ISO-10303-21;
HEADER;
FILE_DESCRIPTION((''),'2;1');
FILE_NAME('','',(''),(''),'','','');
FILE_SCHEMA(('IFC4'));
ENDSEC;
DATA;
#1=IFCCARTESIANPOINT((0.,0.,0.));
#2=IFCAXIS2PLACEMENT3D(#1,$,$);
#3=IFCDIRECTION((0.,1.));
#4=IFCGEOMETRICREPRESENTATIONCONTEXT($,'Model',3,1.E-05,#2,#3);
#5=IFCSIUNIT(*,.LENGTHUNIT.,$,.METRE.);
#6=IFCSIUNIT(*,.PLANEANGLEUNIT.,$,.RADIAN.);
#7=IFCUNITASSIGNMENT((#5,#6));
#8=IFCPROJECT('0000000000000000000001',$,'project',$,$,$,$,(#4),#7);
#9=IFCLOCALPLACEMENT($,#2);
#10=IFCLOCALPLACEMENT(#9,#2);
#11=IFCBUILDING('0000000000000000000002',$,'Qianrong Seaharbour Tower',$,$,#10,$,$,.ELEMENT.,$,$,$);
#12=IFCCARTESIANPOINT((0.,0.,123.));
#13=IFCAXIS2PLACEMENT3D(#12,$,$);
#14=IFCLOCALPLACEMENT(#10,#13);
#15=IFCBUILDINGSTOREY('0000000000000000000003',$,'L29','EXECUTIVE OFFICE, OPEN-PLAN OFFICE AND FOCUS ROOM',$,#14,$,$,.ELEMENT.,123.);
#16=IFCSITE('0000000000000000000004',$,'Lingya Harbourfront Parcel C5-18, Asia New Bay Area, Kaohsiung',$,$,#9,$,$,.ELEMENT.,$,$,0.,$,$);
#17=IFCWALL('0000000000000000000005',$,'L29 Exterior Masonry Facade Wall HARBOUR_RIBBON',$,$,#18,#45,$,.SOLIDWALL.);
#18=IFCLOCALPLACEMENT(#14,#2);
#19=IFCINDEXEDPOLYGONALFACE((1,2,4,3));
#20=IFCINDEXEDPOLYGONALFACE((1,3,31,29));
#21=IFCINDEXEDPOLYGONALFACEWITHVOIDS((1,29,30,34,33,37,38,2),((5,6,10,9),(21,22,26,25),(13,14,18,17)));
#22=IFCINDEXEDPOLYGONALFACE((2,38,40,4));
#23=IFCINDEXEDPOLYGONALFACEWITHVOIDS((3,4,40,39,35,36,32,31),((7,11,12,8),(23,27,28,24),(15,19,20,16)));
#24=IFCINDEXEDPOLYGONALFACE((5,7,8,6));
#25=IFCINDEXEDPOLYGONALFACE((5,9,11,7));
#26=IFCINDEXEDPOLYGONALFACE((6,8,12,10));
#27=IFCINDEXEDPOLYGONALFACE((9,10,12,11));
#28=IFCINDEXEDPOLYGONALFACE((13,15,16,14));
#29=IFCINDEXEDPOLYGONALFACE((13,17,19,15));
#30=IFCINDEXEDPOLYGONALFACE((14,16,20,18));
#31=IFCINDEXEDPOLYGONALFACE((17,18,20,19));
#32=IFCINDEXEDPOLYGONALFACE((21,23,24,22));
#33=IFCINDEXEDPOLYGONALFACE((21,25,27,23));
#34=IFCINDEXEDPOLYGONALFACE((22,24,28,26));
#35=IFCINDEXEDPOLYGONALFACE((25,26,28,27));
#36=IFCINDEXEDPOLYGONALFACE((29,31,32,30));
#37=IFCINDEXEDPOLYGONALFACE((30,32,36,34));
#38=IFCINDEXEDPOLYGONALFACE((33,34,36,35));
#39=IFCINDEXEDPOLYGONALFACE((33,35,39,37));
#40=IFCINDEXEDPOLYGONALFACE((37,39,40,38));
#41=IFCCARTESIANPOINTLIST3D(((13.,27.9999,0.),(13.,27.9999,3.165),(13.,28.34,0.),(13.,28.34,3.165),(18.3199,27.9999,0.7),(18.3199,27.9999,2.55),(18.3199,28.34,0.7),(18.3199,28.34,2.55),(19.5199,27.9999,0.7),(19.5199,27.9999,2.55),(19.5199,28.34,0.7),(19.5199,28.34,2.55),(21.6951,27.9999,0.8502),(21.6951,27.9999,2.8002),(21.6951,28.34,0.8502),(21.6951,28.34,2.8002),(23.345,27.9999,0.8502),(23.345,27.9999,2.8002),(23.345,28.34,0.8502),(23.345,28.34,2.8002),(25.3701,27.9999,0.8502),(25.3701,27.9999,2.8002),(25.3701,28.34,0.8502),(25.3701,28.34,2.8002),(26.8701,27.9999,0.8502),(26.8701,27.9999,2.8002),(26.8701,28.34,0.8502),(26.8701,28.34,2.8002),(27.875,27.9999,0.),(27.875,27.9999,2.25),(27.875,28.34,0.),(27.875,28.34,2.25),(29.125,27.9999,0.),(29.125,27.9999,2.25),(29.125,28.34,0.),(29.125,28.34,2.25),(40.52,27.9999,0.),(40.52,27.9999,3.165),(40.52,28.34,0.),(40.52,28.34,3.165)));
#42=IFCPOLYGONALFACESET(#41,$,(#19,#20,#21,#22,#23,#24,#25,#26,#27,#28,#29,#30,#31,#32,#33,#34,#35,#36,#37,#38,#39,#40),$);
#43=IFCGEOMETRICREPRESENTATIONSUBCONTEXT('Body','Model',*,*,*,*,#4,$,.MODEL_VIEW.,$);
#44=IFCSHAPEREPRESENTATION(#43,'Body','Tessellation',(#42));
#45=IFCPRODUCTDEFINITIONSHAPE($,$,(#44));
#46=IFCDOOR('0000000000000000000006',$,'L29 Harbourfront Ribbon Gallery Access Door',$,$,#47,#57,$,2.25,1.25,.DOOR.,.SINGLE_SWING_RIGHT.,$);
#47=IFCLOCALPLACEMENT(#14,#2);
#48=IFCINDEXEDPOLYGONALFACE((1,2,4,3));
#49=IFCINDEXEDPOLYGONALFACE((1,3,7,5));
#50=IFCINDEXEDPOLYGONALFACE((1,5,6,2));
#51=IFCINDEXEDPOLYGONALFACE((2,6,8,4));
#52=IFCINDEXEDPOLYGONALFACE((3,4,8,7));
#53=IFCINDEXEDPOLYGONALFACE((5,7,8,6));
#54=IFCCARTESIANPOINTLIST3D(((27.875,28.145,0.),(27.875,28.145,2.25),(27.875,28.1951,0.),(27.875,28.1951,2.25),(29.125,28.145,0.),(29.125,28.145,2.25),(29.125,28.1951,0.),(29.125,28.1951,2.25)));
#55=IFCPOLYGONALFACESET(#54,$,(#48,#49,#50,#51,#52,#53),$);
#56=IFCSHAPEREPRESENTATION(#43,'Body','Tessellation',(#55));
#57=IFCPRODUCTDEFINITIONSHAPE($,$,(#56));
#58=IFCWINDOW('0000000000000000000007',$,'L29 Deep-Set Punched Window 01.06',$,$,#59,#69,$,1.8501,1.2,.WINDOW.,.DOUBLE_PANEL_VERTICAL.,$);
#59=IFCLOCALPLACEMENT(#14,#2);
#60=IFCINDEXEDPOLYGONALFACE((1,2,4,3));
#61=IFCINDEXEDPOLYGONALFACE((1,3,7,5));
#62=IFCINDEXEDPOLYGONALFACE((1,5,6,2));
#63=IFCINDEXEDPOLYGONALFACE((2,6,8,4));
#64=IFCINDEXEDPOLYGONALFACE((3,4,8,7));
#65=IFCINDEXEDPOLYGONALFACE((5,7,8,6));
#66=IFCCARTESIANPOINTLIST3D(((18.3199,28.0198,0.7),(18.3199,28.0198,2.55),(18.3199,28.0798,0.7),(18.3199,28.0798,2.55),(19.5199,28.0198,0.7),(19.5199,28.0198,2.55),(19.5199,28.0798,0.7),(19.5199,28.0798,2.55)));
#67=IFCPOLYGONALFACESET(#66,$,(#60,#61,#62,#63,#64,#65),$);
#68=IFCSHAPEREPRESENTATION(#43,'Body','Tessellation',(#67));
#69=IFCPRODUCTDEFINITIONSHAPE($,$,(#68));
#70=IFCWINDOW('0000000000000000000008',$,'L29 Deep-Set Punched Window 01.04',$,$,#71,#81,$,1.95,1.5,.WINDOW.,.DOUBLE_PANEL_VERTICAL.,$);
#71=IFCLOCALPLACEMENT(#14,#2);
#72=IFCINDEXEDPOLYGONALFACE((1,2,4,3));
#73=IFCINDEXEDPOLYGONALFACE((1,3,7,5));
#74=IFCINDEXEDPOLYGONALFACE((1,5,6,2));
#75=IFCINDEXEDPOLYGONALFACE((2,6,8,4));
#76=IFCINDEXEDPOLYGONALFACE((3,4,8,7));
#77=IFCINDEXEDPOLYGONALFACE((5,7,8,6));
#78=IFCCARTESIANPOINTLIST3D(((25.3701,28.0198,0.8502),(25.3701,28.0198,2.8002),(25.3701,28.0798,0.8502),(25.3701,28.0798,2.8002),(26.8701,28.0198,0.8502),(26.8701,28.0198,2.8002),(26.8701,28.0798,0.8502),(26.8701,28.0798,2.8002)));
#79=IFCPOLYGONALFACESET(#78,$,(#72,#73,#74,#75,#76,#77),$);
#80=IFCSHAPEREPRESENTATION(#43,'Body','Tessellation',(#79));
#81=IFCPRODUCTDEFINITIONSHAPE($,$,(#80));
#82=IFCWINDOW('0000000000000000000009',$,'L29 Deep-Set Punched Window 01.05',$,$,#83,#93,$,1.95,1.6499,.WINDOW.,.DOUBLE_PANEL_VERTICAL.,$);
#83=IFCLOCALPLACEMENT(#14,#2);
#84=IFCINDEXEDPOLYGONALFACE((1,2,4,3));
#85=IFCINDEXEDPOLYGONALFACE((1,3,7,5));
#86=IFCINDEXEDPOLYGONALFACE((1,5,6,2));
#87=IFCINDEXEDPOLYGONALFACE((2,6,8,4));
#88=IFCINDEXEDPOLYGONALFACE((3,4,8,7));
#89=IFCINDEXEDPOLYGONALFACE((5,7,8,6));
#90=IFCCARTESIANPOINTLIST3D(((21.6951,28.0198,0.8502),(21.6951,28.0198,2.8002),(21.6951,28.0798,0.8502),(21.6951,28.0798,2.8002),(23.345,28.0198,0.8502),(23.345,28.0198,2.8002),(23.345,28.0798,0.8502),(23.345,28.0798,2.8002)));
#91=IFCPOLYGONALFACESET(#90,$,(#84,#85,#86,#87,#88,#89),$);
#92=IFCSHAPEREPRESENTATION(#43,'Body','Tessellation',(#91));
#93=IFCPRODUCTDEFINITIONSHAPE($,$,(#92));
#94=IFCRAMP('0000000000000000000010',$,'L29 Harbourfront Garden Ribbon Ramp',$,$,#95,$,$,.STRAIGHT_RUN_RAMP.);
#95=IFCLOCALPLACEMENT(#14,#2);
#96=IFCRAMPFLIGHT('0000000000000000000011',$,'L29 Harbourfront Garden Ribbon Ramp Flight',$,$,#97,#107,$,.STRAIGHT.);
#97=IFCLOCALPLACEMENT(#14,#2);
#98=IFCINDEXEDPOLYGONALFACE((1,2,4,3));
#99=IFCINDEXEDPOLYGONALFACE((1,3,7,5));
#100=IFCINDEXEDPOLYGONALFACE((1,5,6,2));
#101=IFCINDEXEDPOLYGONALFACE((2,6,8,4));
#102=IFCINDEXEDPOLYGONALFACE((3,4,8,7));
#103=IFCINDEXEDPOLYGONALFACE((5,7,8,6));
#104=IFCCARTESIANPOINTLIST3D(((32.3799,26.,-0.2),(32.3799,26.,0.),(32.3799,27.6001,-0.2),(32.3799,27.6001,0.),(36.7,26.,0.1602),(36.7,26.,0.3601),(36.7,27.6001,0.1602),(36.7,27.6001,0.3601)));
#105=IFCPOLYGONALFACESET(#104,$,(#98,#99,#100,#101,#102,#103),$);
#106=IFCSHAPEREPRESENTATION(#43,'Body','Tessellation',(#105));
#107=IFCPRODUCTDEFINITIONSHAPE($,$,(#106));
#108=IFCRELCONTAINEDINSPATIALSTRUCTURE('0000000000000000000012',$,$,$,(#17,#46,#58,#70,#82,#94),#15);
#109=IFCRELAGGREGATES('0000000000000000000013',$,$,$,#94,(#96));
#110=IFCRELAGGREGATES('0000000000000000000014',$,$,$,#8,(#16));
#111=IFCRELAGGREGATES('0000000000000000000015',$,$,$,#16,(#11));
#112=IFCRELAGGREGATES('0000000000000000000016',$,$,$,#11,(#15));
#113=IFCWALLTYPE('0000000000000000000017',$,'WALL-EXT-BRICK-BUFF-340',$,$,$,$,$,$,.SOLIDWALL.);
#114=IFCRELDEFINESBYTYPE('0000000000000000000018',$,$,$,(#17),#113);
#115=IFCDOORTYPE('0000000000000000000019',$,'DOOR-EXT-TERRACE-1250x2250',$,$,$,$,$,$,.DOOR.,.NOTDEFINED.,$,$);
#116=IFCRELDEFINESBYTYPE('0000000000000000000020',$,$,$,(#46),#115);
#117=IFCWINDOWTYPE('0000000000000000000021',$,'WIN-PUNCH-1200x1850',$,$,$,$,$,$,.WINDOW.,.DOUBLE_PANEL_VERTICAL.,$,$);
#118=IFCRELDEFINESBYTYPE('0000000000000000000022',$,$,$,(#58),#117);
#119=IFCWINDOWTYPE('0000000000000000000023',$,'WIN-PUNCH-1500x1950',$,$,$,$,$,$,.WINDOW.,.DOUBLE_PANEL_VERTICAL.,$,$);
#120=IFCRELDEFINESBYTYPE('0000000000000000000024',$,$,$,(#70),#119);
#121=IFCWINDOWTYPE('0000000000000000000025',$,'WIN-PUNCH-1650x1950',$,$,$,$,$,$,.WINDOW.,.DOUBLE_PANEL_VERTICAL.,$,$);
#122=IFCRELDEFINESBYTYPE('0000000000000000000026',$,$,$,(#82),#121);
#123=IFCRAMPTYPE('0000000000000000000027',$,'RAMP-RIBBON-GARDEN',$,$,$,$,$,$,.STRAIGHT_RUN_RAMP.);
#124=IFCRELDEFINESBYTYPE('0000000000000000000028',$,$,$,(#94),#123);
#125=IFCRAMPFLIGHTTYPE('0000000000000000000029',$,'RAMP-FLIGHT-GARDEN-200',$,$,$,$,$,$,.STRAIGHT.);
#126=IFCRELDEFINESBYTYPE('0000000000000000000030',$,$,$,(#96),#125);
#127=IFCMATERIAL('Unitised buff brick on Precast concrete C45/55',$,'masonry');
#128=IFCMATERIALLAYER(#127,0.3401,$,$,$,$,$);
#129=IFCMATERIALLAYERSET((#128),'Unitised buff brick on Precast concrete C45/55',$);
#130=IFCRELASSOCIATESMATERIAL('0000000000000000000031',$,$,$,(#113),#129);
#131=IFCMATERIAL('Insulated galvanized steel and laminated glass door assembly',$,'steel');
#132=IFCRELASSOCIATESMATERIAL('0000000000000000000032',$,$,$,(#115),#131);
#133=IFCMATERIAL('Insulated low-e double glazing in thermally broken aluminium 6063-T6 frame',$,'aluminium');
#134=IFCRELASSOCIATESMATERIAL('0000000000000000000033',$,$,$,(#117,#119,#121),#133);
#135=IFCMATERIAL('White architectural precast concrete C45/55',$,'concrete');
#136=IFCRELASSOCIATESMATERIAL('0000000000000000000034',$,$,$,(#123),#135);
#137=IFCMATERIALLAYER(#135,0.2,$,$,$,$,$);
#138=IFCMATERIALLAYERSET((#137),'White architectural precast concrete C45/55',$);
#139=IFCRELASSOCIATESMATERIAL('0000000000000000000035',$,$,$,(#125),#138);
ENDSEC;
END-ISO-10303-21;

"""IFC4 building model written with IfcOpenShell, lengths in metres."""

from ifc_helpers import new_model, si_unit, direction, frame, frame_2d, origin, place, context, subcontext, project, spatial, polyline, rectangle, outline, extrude, material, layer, layer_set, type_object, element, fill, aggregate, save


model = new_model("IFC4")

# Units and contexts
model_context = context("Model", 3, precision=1e-05, world=origin(), true_north=direction((0.0, 1.0)))
body_context = subcontext(model_context, "Body", "Model", "MODEL_VIEW")
ifc_project = project(units=[si_unit("LENGTHUNIT", "METRE"), si_unit("PLANEANGLEUNIT", "RADIAN")], contexts=[model_context])

# Site, building, storey
site_placement = place(None, origin())
site = spatial("IfcSite", under=ifc_project, at=site_placement, Name="Lingya Harbourfront Parcel C5-18, Asia New Bay Area, Kaohsiung", CompositionType="ELEMENT", RefElevation=0.0)
building_placement = place(site_placement, origin())
building = spatial("IfcBuilding", under=site, at=building_placement, Name="Qianrong Seaharbour Tower", CompositionType="ELEMENT")
storey_placement = place(building_placement, frame((0.0, 0.0, 123.0)))
storey = spatial("IfcBuildingStorey", under=building, at=storey_placement, Name="L29", Description="EXECUTIVE OFFICE, OPEN-PLAN OFFICE AND FOCUS ROOM", CompositionType="ELEMENT", Elevation=123.0)

# Wall, openings, door, windows
ifc_material_1 = material(Name="Unitised buff brick on Precast concrete C45/55", Category="masonry")
ifc_layer_1 = layer(ifc_material_1, 0.3401)
ifc_layer_set_1 = layer_set([ifc_layer_1], Name="Unitised buff brick on Precast concrete C45/55")
wall_type_1 = type_object("IfcWallType", Name="WALL-EXT-BRICK-BUFF-340", PredefinedType="SOLIDWALL", material=ifc_layer_set_1)
wall_1_placement = place(storey_placement, frame((40.52, 28.1699, 0.0), z_axis=(0.0, 0.0, 1.0), x_axis=(-1.0, 0.0, 0.0)))
wall_1 = element("IfcWall", 1, at=wall_1_placement, inside=storey, type_object=wall_type_1, Name="L29 Exterior Masonry Facade Wall HARBOUR_RIBBON", PredefinedType="SOLIDWALL", context=body_context, shape_type="SweptSolid", body=[
    extrude(rectangle(XDim=27.52, YDim=0.3401, at=frame_2d((13.76, 0.0))), origin(), (0.0, 0.0, 1.0), 3.165),
])
opening_1_placement = place(wall_1_placement, frame((13.6499, 0.0, 0.8501)))
opening_1 = element("IfcOpeningElement", 2, at=opening_1_placement, cuts=wall_1, PredefinedType="OPENING", context=body_context, shape_type="SweptSolid", body=[
    extrude(rectangle(XDim=1.5, YDim=1.95, at=frame_2d((0.75, 0.9751))), frame((0.0, 0.1802, 0.0), z_axis=(0.0, -1.0, 0.0), x_axis=(1.0, 0.0, 0.0)), (0.0, 0.0, 1.0), 0.3601),
])
opening_2_placement = place(wall_1_placement, frame((17.175, 0.0, 0.8501)))
opening_2 = element("IfcOpeningElement", 3, at=opening_2_placement, cuts=wall_1, PredefinedType="OPENING", context=body_context, shape_type="SweptSolid", body=[
    extrude(rectangle(XDim=1.6499, YDim=1.95, at=frame_2d((0.825, 0.9751))), frame((0.0, 0.1802, 0.0), z_axis=(0.0, -1.0, 0.0), x_axis=(1.0, 0.0, 0.0)), (0.0, 0.0, 1.0), 0.3601),
])
opening_3_placement = place(wall_1_placement, frame((21.0, 0.0, 0.7)))
opening_3 = element("IfcOpeningElement", 4, at=opening_3_placement, cuts=wall_1, PredefinedType="OPENING", context=body_context, shape_type="SweptSolid", body=[
    extrude(rectangle(XDim=1.2, YDim=1.8501, at=frame_2d((0.6001, 0.925))), frame((0.0, 0.1802, 0.0), z_axis=(0.0, -1.0, 0.0), x_axis=(1.0, 0.0, 0.0)), (0.0, 0.0, 1.0), 0.3601),
])
opening_4_placement = place(wall_1_placement, frame((11.395, 0.0, 0.0)))
opening_4 = element("IfcOpeningElement", 5, at=opening_4_placement, cuts=wall_1, PredefinedType="OPENING", context=body_context, shape_type="SweptSolid", body=[
    extrude(rectangle(XDim=1.25, YDim=2.25, at=frame_2d((0.625, 1.125))), frame((0.0, 0.1802, 0.0), z_axis=(0.0, -1.0, 0.0), x_axis=(1.0, 0.0, 0.0)), (0.0, 0.0, 1.0), 0.3601),
])
ifc_material_2 = material(Name="Insulated galvanized steel and laminated glass door assembly", Category="steel")
door_type_1 = type_object("IfcDoorType", Name="DOOR-EXT-TERRACE-1250x2250", OperationType="NOTDEFINED", PredefinedType="DOOR", material=ifc_material_2)
door_1_placement = place(opening_4_placement, origin())
door_1 = element("IfcDoor", 6, at=door_1_placement, inside=storey, type_object=door_type_1, Name="L29 Harbourfront Ribbon Gallery Access Door", OperationType="SINGLE_SWING_RIGHT", OverallHeight=2.25, OverallWidth=1.25, PredefinedType="DOOR", context=body_context, shape_type="SweptSolid", body=[
    extrude(rectangle(XDim=1.25, YDim=2.25, at=frame_2d((0.625, 1.125))), frame((0.0, 0.0249, 0.0), z_axis=(0.0, -1.0, 0.0), x_axis=(1.0, 0.0, 0.0)), (0.0, 0.0, 1.0), 0.05),
])
fill(opening_4, door_1)
ifc_material_3 = material(Name="Insulated low-e double glazing in thermally broken aluminium 6063-T6 frame", Category="aluminium")
window_type_1 = type_object("IfcWindowType", Name="WIN-PUNCH-1200x1850", PartitioningType="DOUBLE_PANEL_VERTICAL", PredefinedType="WINDOW", material=ifc_material_3)
window_1_placement = place(opening_3_placement, origin())
window_1 = element("IfcWindow", 7, at=window_1_placement, inside=storey, type_object=window_type_1, Name="L29 Deep-Set Punched Window 01.06", OverallHeight=1.8501, OverallWidth=1.2, PartitioningType="DOUBLE_PANEL_VERTICAL", PredefinedType="WINDOW", context=body_context, shape_type="SweptSolid", body=[
    extrude(rectangle(XDim=1.2, YDim=1.8501, at=frame_2d((0.6001, 0.925))), frame((0.0, 0.1501, 0.0), z_axis=(0.0, -1.0, 0.0), x_axis=(1.0, 0.0, 0.0)), (0.0, 0.0, 1.0), 0.0601),
])
fill(opening_3, window_1)
window_type_2 = type_object("IfcWindowType", Name="WIN-PUNCH-1500x1950", PartitioningType="DOUBLE_PANEL_VERTICAL", PredefinedType="WINDOW", material=ifc_material_3)
window_2_placement = place(opening_1_placement, origin())
window_2 = element("IfcWindow", 8, at=window_2_placement, inside=storey, type_object=window_type_2, Name="L29 Deep-Set Punched Window 01.04", OverallHeight=1.95, OverallWidth=1.5, PartitioningType="DOUBLE_PANEL_VERTICAL", PredefinedType="WINDOW", context=body_context, shape_type="SweptSolid", body=[
    extrude(rectangle(XDim=1.5, YDim=1.95, at=frame_2d((0.75, 0.9751))), frame((0.0, 0.1501, 0.0), z_axis=(0.0, -1.0, 0.0), x_axis=(1.0, 0.0, 0.0)), (0.0, 0.0, 1.0), 0.0601),
])
fill(opening_1, window_2)
window_type_3 = type_object("IfcWindowType", Name="WIN-PUNCH-1650x1950", PartitioningType="DOUBLE_PANEL_VERTICAL", PredefinedType="WINDOW", material=ifc_material_3)
window_3_placement = place(opening_2_placement, origin())
window_3 = element("IfcWindow", 9, at=window_3_placement, inside=storey, type_object=window_type_3, Name="L29 Deep-Set Punched Window 01.05", OverallHeight=1.95, OverallWidth=1.6499, PartitioningType="DOUBLE_PANEL_VERTICAL", PredefinedType="WINDOW", context=body_context, shape_type="SweptSolid", body=[
    extrude(rectangle(XDim=1.6499, YDim=1.95, at=frame_2d((0.825, 0.9751))), frame((0.0, 0.1501, 0.0), z_axis=(0.0, -1.0, 0.0), x_axis=(1.0, 0.0, 0.0)), (0.0, 0.0, 1.0), 0.0601),
])
fill(opening_2, window_3)

# Ramp, ramp flight
ifc_material_4 = material(Name="White architectural precast concrete C45/55", Category="concrete")
ramp_type = type_object("IfcRampType", Name="RAMP-RIBBON-GARDEN", PredefinedType="STRAIGHT_RUN_RAMP", material=ifc_material_4)
ramp_placement = place(storey_placement, origin())
ramp = element("IfcRamp", 10, at=ramp_placement, inside=storey, type_object=ramp_type, Name="L29 Harbourfront Garden Ribbon Ramp", PredefinedType="STRAIGHT_RUN_RAMP")
ifc_layer_2 = layer(ifc_material_4, 0.2)
ifc_layer_set_2 = layer_set([ifc_layer_2], Name="White architectural precast concrete C45/55")
ramp_flight_type = type_object("IfcRampFlightType", Name="RAMP-FLIGHT-GARDEN-200", PredefinedType="STRAIGHT", material=ifc_layer_set_2)
ramp_flight_placement = place(storey_placement, frame((32.3799, 26.8, 0.0), z_axis=(0.0, 0.0, 1.0), x_axis=(1.0, 0.0, 0.0)))
ramp_flight = element("IfcRampFlight", 11, at=ramp_flight_placement, type_object=ramp_flight_type, Name="L29 Harbourfront Garden Ribbon Ramp Flight", PredefinedType="STRAIGHT", context=body_context, shape_type="SweptSolid", body=[
    extrude(outline(polyline([(0.0, 0.0), (4.3201, 0.3601), (4.3201, 0.1602), (0.0, -0.2), (0.0, 0.0)])), frame((0.0, 0.8, 0.0), z_axis=(0.0, -1.0, 0.0), x_axis=(1.0, 0.0, 0.0)), (0.0, 0.0, 1.0), 1.6001),
])
aggregate(ramp, [ramp_flight])

save(model, "model.ifc")
